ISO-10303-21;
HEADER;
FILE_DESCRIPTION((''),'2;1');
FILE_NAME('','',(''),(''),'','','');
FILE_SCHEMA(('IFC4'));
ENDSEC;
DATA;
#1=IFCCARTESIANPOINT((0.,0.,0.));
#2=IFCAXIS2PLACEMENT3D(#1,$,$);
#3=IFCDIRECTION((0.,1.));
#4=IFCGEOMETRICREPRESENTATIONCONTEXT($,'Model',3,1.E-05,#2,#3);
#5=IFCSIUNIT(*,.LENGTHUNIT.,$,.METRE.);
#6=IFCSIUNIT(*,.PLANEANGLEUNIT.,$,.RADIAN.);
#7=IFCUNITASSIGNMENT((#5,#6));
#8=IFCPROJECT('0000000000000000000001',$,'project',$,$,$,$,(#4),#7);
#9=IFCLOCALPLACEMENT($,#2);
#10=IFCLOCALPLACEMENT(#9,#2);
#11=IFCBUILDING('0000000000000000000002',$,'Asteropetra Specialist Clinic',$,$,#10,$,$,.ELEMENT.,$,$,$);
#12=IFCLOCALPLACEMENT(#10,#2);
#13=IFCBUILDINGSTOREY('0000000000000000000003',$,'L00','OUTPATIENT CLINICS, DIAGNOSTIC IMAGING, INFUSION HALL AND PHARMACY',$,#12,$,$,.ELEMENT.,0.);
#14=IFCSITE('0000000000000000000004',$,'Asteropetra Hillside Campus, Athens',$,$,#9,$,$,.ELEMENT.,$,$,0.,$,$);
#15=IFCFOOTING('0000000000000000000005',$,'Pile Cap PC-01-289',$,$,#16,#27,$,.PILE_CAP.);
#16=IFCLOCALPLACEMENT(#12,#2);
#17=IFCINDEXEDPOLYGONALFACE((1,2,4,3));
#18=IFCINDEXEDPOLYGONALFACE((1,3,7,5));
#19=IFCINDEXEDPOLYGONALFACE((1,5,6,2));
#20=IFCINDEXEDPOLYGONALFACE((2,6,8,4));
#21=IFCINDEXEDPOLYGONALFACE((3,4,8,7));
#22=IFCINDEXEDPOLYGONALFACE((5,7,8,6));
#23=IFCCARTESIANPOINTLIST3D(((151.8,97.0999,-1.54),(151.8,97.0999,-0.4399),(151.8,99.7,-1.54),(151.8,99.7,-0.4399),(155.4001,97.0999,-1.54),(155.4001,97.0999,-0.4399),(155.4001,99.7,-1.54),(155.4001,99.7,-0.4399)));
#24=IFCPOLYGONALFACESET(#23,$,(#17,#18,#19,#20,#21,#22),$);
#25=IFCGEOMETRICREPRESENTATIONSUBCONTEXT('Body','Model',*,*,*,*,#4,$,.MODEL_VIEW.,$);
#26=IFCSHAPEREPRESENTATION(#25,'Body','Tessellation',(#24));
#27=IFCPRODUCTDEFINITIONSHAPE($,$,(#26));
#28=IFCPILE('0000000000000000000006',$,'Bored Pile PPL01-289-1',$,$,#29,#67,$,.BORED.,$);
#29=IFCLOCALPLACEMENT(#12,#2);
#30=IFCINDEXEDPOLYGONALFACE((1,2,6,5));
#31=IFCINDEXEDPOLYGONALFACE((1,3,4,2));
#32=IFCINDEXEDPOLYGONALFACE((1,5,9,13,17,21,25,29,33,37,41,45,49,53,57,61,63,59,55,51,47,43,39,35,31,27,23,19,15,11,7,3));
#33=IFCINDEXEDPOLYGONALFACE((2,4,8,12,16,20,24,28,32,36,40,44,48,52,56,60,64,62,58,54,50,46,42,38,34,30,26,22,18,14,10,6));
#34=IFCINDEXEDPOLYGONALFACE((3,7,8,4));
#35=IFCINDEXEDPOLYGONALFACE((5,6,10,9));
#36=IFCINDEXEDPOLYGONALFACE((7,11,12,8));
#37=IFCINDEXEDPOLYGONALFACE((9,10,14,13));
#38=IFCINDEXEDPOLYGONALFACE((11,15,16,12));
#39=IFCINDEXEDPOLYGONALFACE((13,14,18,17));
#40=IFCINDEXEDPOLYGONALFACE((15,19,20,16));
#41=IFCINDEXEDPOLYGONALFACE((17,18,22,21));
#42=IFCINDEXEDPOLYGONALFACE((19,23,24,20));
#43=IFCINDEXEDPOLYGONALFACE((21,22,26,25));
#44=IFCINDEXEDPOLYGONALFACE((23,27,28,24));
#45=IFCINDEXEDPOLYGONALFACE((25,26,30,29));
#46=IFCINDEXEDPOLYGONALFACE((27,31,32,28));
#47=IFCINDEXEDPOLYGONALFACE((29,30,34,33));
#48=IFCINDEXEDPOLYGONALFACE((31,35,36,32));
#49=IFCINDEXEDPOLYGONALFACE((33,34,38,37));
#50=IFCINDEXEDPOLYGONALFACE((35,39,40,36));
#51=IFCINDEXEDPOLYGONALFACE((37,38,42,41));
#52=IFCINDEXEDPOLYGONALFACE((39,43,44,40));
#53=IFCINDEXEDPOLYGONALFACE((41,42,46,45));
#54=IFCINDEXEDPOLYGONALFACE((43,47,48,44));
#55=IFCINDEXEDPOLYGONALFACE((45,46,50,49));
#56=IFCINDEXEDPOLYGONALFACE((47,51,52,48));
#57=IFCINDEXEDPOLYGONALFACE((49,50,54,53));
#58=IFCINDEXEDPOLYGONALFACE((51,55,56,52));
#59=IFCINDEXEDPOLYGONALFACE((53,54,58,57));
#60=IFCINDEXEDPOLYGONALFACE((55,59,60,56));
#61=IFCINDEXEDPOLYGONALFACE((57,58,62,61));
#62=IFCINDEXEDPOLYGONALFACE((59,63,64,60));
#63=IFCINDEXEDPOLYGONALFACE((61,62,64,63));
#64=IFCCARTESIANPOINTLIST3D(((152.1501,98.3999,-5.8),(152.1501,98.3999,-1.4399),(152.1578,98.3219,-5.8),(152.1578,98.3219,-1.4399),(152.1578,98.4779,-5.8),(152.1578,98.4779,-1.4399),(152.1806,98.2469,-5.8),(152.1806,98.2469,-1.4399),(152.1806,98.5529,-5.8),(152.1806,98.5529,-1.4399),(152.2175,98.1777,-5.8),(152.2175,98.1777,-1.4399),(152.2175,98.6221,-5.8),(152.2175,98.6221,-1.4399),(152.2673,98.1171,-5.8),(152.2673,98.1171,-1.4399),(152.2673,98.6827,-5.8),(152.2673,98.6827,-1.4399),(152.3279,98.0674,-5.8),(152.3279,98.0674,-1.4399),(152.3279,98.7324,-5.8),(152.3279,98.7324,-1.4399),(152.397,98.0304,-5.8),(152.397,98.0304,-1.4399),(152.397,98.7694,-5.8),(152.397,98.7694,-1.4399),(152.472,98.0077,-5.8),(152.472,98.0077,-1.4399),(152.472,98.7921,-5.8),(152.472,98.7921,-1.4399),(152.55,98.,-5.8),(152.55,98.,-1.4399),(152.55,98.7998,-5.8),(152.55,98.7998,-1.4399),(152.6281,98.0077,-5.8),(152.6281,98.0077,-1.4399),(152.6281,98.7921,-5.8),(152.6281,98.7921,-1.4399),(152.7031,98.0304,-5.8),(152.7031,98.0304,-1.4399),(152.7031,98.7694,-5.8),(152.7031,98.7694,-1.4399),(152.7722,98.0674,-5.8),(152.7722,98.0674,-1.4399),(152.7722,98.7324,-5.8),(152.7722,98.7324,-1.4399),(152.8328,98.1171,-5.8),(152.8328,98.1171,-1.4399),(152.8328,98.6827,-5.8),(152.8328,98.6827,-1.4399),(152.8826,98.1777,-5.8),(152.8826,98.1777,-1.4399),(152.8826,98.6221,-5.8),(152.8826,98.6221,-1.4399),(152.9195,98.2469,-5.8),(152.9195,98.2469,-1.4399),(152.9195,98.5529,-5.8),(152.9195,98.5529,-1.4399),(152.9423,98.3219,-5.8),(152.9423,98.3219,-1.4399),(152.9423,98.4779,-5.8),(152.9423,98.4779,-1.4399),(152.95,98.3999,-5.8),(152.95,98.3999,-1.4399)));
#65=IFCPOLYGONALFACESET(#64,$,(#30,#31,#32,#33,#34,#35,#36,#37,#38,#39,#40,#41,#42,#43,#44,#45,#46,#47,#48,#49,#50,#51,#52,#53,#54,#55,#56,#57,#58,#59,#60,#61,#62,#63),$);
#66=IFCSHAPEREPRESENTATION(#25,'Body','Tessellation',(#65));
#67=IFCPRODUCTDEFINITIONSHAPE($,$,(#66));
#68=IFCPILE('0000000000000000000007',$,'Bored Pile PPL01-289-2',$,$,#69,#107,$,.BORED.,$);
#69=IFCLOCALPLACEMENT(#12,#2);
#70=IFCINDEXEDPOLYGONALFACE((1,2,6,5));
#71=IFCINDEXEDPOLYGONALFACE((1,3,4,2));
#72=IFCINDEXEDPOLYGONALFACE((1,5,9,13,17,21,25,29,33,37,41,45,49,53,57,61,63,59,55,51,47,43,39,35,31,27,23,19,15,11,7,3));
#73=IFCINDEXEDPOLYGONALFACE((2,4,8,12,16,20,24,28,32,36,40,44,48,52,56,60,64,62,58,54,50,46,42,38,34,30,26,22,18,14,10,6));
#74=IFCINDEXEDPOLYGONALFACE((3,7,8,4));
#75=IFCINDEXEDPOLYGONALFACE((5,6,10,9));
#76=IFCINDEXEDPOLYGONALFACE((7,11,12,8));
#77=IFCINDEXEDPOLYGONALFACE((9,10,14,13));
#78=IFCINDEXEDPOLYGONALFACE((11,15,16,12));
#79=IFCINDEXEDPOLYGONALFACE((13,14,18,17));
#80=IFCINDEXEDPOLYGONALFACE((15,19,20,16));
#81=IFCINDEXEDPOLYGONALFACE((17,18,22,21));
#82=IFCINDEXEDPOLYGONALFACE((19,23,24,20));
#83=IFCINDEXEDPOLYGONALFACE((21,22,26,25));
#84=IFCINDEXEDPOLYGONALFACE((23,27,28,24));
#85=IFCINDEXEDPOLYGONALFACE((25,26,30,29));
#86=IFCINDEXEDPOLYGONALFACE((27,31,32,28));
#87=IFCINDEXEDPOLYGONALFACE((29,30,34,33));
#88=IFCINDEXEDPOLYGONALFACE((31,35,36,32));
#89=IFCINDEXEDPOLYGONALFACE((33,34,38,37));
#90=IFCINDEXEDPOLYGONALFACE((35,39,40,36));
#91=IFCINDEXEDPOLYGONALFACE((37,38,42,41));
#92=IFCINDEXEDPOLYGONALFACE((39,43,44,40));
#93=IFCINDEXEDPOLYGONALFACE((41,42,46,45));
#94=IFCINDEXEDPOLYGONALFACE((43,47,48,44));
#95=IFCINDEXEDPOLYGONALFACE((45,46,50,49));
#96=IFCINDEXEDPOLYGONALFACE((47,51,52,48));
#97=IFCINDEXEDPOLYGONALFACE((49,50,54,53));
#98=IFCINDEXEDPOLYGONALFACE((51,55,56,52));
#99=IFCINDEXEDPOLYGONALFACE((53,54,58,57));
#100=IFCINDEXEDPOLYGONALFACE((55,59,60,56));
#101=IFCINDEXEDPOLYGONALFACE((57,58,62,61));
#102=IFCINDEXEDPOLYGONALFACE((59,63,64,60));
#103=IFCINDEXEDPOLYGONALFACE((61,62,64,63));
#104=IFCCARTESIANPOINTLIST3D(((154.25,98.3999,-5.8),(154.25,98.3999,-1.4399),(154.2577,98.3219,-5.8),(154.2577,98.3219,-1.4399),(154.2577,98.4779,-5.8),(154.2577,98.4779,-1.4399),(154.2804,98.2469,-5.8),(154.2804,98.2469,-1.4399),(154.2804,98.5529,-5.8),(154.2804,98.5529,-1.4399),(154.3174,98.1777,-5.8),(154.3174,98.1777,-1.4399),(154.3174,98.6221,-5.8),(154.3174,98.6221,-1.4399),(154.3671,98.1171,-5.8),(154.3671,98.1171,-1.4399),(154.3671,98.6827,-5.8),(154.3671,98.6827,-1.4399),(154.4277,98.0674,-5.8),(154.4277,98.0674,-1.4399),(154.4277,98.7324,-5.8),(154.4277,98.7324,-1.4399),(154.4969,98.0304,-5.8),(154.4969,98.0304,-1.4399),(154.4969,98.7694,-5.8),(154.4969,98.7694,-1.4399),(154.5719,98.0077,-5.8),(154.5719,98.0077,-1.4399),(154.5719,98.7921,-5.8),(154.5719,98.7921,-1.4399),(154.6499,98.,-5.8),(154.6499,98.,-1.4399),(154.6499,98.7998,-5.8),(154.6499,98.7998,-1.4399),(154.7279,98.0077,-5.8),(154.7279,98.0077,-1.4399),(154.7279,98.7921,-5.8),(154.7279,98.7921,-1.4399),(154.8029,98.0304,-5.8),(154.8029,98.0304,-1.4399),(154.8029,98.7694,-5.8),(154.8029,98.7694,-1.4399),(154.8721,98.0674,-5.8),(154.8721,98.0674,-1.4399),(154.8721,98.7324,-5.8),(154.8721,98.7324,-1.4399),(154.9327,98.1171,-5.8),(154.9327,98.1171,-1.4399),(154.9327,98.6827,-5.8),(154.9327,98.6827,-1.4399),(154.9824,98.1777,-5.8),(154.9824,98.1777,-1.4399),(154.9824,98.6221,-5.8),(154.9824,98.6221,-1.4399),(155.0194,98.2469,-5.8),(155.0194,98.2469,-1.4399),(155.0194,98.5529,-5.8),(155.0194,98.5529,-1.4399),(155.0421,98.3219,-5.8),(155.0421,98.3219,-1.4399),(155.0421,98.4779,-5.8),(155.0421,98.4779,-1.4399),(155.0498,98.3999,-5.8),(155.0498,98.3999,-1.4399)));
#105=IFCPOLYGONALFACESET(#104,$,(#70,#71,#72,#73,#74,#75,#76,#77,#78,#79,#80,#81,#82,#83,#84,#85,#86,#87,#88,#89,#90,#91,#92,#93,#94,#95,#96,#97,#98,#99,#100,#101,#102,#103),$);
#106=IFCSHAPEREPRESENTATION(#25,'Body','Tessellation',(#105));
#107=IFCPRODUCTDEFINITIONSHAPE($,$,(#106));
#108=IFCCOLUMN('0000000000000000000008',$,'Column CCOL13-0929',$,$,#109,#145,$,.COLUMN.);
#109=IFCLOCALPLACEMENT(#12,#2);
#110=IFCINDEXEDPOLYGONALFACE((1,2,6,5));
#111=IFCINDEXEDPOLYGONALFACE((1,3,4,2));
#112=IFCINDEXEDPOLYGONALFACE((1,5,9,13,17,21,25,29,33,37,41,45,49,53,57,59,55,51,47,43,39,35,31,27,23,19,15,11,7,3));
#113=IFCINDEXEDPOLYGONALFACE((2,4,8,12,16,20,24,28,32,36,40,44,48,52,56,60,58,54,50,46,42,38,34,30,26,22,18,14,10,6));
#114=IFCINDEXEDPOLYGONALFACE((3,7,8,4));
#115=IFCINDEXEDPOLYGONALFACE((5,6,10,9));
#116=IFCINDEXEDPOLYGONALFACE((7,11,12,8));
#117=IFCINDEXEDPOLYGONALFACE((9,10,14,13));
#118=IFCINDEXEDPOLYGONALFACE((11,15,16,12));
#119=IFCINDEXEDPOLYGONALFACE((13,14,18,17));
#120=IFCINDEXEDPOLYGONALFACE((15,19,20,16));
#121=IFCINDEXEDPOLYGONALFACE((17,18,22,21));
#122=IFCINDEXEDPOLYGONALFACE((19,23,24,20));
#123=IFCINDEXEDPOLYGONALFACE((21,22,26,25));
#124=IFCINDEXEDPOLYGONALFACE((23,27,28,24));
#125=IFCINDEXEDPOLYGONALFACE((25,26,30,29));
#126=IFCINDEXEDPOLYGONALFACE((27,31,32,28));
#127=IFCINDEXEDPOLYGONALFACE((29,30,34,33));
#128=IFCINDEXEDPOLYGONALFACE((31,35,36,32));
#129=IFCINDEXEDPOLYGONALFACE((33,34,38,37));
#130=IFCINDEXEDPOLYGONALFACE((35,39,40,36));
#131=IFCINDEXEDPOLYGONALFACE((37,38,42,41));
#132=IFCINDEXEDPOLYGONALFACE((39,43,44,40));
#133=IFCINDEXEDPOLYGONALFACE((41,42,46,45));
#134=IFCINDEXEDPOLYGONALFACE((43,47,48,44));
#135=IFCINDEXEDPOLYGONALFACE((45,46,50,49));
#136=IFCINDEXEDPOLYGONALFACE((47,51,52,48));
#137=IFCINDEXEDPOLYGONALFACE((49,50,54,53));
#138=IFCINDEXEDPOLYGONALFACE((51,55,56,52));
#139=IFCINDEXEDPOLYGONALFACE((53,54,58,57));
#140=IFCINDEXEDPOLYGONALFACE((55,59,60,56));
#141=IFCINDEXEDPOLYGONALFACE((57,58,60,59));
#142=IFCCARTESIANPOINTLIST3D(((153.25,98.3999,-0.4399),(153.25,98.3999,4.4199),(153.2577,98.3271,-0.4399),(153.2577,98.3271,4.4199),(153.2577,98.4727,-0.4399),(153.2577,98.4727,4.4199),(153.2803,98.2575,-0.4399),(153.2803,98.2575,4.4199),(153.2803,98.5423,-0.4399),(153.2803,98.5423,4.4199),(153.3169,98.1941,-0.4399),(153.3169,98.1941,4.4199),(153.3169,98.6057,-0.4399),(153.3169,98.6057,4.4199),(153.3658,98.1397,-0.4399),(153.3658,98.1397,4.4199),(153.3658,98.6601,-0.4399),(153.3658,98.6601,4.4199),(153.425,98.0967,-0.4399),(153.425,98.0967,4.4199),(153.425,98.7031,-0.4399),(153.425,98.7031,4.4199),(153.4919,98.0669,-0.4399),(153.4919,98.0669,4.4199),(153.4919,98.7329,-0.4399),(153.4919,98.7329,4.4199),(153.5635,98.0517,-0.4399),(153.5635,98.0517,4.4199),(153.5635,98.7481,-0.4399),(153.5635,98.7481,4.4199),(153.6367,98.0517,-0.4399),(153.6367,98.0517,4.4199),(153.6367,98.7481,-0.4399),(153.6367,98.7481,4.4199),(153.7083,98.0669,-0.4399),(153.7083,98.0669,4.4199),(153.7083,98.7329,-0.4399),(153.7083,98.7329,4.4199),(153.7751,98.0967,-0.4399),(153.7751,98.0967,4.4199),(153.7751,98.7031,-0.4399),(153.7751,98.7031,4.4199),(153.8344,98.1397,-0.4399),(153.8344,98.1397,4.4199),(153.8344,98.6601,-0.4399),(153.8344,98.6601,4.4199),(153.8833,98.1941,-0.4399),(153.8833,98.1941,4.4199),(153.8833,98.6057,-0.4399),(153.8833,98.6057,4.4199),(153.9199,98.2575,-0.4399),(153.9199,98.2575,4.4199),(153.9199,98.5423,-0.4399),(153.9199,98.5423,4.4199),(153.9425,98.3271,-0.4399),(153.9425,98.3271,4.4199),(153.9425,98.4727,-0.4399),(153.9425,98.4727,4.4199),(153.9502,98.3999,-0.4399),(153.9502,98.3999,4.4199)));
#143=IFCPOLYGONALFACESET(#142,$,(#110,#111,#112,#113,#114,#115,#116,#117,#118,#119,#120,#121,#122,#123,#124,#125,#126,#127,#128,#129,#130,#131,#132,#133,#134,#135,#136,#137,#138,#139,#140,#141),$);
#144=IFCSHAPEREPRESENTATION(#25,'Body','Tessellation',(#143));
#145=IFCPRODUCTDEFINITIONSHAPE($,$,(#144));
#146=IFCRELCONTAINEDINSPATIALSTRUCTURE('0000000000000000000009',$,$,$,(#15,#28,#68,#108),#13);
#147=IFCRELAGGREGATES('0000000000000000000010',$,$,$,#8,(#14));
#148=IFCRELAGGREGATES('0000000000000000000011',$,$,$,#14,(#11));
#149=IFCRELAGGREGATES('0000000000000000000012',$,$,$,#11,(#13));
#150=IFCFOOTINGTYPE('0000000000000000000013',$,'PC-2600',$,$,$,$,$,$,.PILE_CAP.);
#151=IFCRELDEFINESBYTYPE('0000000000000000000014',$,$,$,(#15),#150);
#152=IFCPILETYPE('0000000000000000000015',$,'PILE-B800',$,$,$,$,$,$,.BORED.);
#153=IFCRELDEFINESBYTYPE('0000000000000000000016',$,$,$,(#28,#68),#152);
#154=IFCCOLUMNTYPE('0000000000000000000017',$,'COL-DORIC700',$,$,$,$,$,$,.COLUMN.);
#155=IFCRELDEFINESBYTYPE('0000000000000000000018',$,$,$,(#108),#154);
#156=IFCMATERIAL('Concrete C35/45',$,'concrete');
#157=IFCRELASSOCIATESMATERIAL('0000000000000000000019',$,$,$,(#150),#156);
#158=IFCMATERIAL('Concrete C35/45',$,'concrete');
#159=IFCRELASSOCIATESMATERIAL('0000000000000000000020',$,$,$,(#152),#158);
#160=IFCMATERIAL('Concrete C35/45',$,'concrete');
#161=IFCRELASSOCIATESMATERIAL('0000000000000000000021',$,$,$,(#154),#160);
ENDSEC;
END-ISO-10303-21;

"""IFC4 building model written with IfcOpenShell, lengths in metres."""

from ifc_helpers import new_model, si_unit, direction, frame, origin, origin_2d, place, context, subcontext, project, spatial, rectangle, circle, extrude, material, material_profile, profile_set, type_object, element, save


model = new_model("IFC4")

# Units and contexts
model_context = context("Model", 3, precision=1e-05, world=origin(), true_north=direction((0.0, 1.0)))
body_context = subcontext(model_context, "Body", "Model", "MODEL_VIEW")
ifc_project = project(units=[si_unit("LENGTHUNIT", "METRE"), si_unit("PLANEANGLEUNIT", "RADIAN")], contexts=[model_context])

# Site, building, storey
site_placement = place(None, origin())
site = spatial("IfcSite", under=ifc_project, at=site_placement, Name="Asteropetra Hillside Campus, Athens", CompositionType="ELEMENT", RefElevation=0.0)
building_placement = place(site_placement, origin())
building = spatial("IfcBuilding", under=site, at=building_placement, Name="Asteropetra Specialist Clinic", CompositionType="ELEMENT")
storey_placement = place(building_placement, origin())
storey = spatial("IfcBuildingStorey", under=building, at=storey_placement, Name="L00", Description="OUTPATIENT CLINICS, DIAGNOSTIC IMAGING, INFUSION HALL AND PHARMACY", CompositionType="ELEMENT", Elevation=0.0)

# Footing
ifc_material_1 = material(Name="Concrete C35/45", Category="concrete")
footing_type = type_object("IfcFootingType", Name="PC-2600", PredefinedType="PILE_CAP", material=ifc_material_1)
footing_placement = place(storey_placement, frame((153.6001, 98.3999, -1.54), z_axis=(0.0, 0.0, 1.0), x_axis=(1.0, 0.0, 0.0)))
element("IfcFooting", 1, at=footing_placement, inside=storey, type_object=footing_type, Name="Pile Cap PC-01-289", PredefinedType="PILE_CAP", context=body_context, shape_type="SweptSolid", body=[
    extrude(rectangle(XDim=3.6001, YDim=2.6001, at=origin_2d()), origin(), (0.0, 0.0, 1.0), 1.1001),
])

# Piles
ifc_material_2 = material(Name="Concrete C35/45", Category="concrete")
ifc_material_profile_1 = material_profile(ifc_material_2, circle(Radius=0.3999, at=origin_2d()), Name="PILE D800")
ifc_profile_set_1 = profile_set([ifc_material_profile_1], Name="Concrete C35/45")
pile_type = type_object("IfcPileType", Name="PILE-B800", PredefinedType="BORED", material=ifc_profile_set_1)
for number, where, z_axis, x_axis, name in (
    (2, (152.55, 98.3999, -1.4399), (0.0, 0.0, -1.0), (1.0, 0.0, 0.0), "Bored Pile PPL01-289-1"),
    (3, (154.6499, 98.3999, -1.4399), (0.0, 0.0, -1.0), (1.0, 0.0, 0.0), "Bored Pile PPL01-289-2"),
):
    element("IfcPile", number, at=place(storey_placement, frame(where, z_axis=z_axis, x_axis=x_axis)), inside=storey, type_object=pile_type, Name=name, PredefinedType="BORED", context=body_context, shape_type="SweptSolid", body=[
        extrude(circle(Radius=0.3999, at=origin_2d()), origin(), (0.0, 0.0, 1.0), 4.3601),
    ])

# Column
ifc_material_3 = material(Name="Concrete C35/45", Category="concrete")
ifc_material_profile_2 = material_profile(ifc_material_3, circle(Radius=0.3501, at=origin_2d()), Name="RCC D700")
ifc_profile_set_2 = profile_set([ifc_material_profile_2], Name="Concrete C35/45")
column_type = type_object("IfcColumnType", Name="COL-DORIC700", PredefinedType="COLUMN", material=ifc_profile_set_2)
column_placement = place(storey_placement, frame((153.6001, 98.3999, -0.4399), z_axis=(0.0, 0.0, 1.0), x_axis=(1.0, 0.0, 0.0)))
element("IfcColumn", 4, at=column_placement, inside=storey, type_object=column_type, Name="Column CCOL13-0929", PredefinedType="COLUMN", context=body_context, shape_type="SweptSolid", body=[
    extrude(circle(Radius=0.3501, at=origin_2d()), origin(), (0.0, 0.0, 1.0), 4.8599),
])

save(model, "model.ifc")
